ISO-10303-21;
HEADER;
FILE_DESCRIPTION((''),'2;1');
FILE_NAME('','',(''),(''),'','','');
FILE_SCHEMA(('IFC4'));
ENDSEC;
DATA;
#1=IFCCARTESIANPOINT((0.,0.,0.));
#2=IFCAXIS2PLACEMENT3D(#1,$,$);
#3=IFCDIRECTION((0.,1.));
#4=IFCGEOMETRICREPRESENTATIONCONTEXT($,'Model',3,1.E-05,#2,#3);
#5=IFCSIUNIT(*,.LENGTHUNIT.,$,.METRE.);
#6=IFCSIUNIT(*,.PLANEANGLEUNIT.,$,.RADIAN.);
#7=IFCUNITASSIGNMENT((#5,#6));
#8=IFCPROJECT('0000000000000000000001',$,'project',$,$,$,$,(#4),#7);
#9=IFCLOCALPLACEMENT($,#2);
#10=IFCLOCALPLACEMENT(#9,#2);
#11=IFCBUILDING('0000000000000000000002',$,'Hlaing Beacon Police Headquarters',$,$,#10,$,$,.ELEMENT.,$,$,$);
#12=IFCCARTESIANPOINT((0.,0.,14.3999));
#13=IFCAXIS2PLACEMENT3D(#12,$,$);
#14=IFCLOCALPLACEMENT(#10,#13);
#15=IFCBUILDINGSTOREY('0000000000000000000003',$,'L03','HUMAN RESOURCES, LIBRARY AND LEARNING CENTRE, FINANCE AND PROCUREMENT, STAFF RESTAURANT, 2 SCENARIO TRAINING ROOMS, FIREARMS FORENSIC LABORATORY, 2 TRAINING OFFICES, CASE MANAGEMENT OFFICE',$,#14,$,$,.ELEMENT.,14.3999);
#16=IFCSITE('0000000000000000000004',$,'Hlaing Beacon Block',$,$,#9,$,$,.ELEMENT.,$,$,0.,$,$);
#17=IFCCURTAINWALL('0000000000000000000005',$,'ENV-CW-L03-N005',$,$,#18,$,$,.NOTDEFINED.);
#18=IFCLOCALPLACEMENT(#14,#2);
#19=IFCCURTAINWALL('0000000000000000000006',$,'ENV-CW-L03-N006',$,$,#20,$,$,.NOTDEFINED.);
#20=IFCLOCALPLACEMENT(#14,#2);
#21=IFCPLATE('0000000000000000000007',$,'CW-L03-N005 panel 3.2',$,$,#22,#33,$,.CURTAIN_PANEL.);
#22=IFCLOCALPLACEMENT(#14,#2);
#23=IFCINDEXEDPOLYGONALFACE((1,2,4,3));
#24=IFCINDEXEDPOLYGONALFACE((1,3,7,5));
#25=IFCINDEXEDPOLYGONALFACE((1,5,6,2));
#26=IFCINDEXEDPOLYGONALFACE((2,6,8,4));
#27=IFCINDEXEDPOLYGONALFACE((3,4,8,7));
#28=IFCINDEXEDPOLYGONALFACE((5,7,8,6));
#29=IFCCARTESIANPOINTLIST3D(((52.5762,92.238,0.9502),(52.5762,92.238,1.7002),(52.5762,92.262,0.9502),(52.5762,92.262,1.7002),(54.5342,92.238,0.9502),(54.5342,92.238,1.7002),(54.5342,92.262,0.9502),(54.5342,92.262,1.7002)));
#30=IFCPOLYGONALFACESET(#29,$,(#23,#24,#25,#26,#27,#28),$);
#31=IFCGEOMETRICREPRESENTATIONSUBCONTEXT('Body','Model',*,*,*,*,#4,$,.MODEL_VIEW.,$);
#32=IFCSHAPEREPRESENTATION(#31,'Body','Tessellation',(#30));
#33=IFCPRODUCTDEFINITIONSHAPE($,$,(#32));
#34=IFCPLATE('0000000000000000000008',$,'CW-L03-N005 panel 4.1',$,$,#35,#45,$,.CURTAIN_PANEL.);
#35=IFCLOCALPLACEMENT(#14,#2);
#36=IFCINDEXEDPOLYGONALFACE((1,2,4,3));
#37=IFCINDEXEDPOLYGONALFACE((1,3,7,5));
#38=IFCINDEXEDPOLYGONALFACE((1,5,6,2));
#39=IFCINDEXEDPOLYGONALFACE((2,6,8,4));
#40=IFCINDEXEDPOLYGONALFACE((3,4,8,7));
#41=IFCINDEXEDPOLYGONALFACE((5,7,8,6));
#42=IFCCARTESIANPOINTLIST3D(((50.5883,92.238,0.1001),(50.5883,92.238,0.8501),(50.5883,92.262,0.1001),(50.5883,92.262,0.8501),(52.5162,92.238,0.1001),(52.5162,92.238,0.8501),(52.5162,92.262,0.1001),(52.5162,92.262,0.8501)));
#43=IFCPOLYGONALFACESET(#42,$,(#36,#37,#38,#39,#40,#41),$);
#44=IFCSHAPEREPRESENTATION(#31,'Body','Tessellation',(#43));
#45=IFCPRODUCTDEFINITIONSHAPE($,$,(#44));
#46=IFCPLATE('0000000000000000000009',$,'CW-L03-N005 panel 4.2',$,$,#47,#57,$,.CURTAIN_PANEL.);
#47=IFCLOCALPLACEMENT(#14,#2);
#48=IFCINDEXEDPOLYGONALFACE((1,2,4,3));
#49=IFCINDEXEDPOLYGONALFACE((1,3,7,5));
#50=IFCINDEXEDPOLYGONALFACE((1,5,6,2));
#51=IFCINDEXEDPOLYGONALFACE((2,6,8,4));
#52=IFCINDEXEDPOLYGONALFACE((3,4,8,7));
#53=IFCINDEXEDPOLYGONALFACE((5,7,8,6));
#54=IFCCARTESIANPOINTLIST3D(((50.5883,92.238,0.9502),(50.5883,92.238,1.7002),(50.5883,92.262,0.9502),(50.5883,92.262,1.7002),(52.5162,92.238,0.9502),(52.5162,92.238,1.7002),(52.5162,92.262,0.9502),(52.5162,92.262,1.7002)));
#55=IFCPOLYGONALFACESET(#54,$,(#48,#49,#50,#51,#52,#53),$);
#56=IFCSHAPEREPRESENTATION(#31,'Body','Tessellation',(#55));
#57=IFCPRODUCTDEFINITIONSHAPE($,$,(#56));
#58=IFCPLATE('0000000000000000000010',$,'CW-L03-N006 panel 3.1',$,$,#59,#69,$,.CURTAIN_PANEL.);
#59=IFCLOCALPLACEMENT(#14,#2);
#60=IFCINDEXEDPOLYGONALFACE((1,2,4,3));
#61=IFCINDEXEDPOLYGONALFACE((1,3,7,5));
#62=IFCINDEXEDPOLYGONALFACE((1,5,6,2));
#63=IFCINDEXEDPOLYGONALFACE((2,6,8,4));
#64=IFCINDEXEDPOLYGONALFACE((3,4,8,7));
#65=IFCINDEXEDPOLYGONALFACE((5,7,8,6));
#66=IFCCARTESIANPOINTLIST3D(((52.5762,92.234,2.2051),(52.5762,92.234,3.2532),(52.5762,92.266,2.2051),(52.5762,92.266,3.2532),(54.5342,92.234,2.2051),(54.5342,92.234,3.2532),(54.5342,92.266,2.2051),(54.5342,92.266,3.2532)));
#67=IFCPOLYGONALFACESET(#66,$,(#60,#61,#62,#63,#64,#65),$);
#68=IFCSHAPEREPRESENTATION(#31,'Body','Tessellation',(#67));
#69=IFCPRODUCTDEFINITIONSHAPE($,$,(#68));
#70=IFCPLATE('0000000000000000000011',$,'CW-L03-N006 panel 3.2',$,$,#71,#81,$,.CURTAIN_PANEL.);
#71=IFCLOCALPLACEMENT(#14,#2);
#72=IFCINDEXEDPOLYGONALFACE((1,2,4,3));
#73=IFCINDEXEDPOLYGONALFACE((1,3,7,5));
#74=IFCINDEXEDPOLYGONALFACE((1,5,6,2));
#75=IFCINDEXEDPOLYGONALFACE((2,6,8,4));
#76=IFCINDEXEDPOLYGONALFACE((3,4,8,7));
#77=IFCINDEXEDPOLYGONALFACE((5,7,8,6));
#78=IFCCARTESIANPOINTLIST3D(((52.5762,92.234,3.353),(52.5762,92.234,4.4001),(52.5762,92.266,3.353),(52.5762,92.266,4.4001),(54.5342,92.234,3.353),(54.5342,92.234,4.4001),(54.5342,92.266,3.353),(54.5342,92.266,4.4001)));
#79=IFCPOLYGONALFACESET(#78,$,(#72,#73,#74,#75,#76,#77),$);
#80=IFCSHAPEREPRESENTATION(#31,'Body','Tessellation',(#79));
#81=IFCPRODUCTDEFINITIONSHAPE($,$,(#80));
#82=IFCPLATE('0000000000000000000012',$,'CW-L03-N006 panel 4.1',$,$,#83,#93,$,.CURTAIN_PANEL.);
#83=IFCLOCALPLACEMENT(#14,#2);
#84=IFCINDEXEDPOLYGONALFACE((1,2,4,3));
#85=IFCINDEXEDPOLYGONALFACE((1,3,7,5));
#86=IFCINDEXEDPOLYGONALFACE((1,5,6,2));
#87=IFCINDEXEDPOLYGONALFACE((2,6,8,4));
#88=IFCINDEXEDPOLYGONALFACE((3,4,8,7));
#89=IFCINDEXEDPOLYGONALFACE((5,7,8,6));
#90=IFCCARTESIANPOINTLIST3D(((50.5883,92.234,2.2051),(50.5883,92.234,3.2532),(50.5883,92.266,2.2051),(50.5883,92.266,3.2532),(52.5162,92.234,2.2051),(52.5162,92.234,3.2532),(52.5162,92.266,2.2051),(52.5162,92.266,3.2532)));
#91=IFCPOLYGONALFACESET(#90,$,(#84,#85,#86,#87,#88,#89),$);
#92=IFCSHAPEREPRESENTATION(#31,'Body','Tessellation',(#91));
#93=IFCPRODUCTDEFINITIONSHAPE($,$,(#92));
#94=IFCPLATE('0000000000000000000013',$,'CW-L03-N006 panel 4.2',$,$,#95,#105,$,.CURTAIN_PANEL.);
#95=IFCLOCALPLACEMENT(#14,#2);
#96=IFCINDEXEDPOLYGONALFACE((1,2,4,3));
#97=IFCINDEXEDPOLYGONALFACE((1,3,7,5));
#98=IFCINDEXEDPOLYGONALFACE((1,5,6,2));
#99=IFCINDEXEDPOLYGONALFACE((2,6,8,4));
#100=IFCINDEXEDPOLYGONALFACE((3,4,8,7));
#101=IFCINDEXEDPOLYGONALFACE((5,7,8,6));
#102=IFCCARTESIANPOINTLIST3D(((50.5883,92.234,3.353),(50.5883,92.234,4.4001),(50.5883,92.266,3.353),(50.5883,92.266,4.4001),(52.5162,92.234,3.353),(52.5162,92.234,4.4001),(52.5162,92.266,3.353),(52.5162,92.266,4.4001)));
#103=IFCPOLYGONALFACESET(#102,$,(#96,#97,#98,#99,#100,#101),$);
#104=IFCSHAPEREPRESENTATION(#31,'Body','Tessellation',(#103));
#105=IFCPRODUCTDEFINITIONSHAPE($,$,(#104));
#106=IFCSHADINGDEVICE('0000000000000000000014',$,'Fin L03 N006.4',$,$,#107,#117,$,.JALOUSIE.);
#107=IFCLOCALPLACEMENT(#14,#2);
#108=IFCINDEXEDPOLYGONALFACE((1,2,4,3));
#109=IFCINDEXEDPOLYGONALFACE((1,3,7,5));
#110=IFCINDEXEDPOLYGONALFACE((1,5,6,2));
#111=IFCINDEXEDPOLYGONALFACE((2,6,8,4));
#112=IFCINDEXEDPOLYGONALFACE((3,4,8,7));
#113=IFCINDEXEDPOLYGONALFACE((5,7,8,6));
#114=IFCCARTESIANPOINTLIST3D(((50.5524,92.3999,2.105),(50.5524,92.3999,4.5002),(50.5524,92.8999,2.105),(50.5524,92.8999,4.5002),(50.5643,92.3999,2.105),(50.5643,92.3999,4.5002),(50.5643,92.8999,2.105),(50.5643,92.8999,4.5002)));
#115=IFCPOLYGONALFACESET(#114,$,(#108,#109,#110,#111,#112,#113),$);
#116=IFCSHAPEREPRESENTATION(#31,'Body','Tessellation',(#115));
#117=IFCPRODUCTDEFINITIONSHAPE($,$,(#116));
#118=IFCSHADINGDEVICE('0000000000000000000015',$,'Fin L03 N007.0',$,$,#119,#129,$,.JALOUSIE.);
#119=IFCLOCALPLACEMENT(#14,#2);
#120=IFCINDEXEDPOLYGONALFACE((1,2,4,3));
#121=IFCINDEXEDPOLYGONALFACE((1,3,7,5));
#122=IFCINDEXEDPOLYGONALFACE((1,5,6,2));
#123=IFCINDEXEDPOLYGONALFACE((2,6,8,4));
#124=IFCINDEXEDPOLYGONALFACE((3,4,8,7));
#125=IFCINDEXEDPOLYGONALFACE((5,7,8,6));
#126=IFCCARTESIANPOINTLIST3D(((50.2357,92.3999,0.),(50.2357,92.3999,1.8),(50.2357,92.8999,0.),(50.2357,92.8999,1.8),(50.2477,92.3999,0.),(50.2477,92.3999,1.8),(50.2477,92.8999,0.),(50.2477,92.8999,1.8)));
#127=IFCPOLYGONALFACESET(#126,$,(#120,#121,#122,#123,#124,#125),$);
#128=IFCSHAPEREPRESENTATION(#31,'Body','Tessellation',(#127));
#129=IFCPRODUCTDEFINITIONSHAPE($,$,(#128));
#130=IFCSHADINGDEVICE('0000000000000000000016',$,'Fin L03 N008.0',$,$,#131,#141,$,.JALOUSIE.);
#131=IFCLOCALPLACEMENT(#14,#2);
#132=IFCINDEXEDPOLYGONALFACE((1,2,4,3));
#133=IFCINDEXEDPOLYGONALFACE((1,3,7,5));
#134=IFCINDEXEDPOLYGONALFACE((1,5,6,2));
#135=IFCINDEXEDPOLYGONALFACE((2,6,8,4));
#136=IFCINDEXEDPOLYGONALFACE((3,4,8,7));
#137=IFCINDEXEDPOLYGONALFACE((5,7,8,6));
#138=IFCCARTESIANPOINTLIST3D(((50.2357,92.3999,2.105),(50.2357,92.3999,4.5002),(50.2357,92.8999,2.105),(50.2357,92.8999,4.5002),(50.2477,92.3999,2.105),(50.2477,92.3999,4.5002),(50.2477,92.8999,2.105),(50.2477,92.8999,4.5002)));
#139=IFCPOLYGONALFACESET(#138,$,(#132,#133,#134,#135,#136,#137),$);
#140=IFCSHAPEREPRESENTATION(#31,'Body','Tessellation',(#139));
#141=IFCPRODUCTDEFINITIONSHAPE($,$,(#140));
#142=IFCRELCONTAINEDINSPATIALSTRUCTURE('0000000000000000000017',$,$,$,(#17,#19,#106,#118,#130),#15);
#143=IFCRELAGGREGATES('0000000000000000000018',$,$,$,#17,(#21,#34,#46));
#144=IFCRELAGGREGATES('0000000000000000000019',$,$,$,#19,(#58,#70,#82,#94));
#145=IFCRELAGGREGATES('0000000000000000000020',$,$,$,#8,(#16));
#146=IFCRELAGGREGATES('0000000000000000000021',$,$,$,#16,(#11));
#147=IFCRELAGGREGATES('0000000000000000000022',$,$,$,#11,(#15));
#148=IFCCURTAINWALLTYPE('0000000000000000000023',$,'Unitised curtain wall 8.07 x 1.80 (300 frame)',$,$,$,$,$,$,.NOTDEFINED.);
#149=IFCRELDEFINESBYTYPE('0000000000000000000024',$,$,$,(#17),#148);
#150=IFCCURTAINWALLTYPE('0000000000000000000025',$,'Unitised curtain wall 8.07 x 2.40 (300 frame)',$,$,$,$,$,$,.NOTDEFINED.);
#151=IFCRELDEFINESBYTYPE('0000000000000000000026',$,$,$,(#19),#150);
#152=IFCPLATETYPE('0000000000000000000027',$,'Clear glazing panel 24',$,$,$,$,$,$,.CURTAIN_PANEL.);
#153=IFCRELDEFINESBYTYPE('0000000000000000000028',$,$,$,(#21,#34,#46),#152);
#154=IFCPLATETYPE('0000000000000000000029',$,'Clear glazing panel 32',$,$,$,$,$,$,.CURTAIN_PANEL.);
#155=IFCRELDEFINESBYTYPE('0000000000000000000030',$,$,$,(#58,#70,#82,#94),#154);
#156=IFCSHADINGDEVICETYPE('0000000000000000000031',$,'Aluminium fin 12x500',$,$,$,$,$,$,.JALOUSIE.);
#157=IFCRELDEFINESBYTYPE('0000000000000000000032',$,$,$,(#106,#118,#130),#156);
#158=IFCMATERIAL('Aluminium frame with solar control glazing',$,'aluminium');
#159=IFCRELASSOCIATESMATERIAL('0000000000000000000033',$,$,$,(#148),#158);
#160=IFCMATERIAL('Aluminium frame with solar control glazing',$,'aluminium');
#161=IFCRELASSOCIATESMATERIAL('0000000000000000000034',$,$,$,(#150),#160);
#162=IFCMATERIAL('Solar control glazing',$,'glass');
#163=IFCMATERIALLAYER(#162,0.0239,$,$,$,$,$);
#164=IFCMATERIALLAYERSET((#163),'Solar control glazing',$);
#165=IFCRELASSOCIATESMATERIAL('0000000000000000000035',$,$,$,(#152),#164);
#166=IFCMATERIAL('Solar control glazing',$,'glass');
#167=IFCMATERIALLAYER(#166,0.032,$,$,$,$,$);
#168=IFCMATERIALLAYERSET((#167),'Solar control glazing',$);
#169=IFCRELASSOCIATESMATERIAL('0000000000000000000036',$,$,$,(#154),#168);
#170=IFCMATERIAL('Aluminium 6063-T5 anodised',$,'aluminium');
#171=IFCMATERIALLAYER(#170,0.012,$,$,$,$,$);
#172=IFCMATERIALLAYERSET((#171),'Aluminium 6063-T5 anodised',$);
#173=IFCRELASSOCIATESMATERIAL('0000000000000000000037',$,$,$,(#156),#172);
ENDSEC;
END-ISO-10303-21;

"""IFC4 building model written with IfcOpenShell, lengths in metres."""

from ifc_helpers import new_model, si_unit, direction, frame, origin, origin_2d, place, context, subcontext, project, spatial, rectangle, extrude, material, layer, layer_set, type_object, element, aggregate, save


model = new_model("IFC4")

# Units and contexts
model_context = context("Model", 3, precision=1e-05, world=origin(), true_north=direction((0.0, 1.0)))
body_context = subcontext(model_context, "Body", "Model", "MODEL_VIEW")
ifc_project = project(units=[si_unit("LENGTHUNIT", "METRE"), si_unit("PLANEANGLEUNIT", "RADIAN")], contexts=[model_context])

# Site, building, storey
site_placement = place(None, origin())
site = spatial("IfcSite", under=ifc_project, at=site_placement, Name="Hlaing Beacon Block", CompositionType="ELEMENT", RefElevation=0.0)
building_placement = place(site_placement, origin())
building = spatial("IfcBuilding", under=site, at=building_placement, Name="Hlaing Beacon Police Headquarters", CompositionType="ELEMENT")
storey_placement = place(building_placement, frame((0.0, 0.0, 14.3999)))
storey = spatial("IfcBuildingStorey", under=building, at=storey_placement, Name="L03", Description="HUMAN RESOURCES, LIBRARY AND LEARNING CENTRE, FINANCE AND PROCUREMENT, STAFF RESTAURANT, 2 SCENARIO TRAINING ROOMS, FIREARMS FORENSIC LABORATORY, 2 TRAINING OFFICES, CASE MANAGEMENT OFFICE", CompositionType="ELEMENT", Elevation=14.3999)

# Curtain walls
ifc_material_1 = material(Name="Aluminium frame with solar control glazing", Category="aluminium")
curtain_wall_type_1 = type_object("IfcCurtainWallType", Name="Unitised curtain wall 8.07 x 1.80 (300 frame)", PredefinedType="NOTDEFINED", material=ifc_material_1)
curtain_wall_1_placement = place(storey_placement, origin())
curtain_wall_1 = element("IfcCurtainWall", 1, at=curtain_wall_1_placement, inside=storey, type_object=curtain_wall_type_1, Name="ENV-CW-L03-N005", PredefinedType="NOTDEFINED")
ifc_material_2 = material(Name="Aluminium frame with solar control glazing", Category="aluminium")
curtain_wall_type_2 = type_object("IfcCurtainWallType", Name="Unitised curtain wall 8.07 x 2.40 (300 frame)", PredefinedType="NOTDEFINED", material=ifc_material_2)
curtain_wall_2_placement = place(storey_placement, origin())
curtain_wall_2 = element("IfcCurtainWall", 2, at=curtain_wall_2_placement, inside=storey, type_object=curtain_wall_type_2, Name="ENV-CW-L03-N006", PredefinedType="NOTDEFINED")

# Plates
ifc_material_3 = material(Name="Solar control glazing", Category="glass")
ifc_layer_1 = layer(ifc_material_3, 0.0239)
ifc_layer_set_1 = layer_set([ifc_layer_1], Name="Solar control glazing")
plate_type_1 = type_object("IfcPlateType", Name="Clear glazing panel 24", PredefinedType="CURTAIN_PANEL", material=ifc_layer_set_1)
plate_1_placement = place(storey_placement, frame((53.5552, 92.25, 0.9502), z_axis=(0.0, 0.0, 1.0), x_axis=(-1.0, 0.0, 0.0)))
plate_1 = element("IfcPlate", 3, at=plate_1_placement, type_object=plate_type_1, Name="CW-L03-N005 panel 3.2", PredefinedType="CURTAIN_PANEL", context=body_context, shape_type="SweptSolid", body=[
    extrude(rectangle(XDim=1.958, YDim=0.0239, at=origin_2d()), origin(), (0.0, 0.0, 1.0), 0.75),
])
plate_2_placement = place(storey_placement, frame((51.5522, 92.25, 0.1001), z_axis=(0.0, 0.0, 1.0), x_axis=(-1.0, 0.0, 0.0)))
plate_2 = element("IfcPlate", 4, at=plate_2_placement, type_object=plate_type_1, Name="CW-L03-N005 panel 4.1", PredefinedType="CURTAIN_PANEL", context=body_context, shape_type="SweptSolid", body=[
    extrude(rectangle(XDim=1.928, YDim=0.0239, at=origin_2d()), origin(), (0.0, 0.0, 1.0), 0.75),
])
plate_3_placement = place(storey_placement, frame((51.5522, 92.25, 0.9502), z_axis=(0.0, 0.0, 1.0), x_axis=(-1.0, 0.0, 0.0)))
plate_3 = element("IfcPlate", 5, at=plate_3_placement, type_object=plate_type_1, Name="CW-L03-N005 panel 4.2", PredefinedType="CURTAIN_PANEL", context=body_context, shape_type="SweptSolid", body=[
    extrude(rectangle(XDim=1.928, YDim=0.0239, at=origin_2d()), origin(), (0.0, 0.0, 1.0), 0.75),
])
aggregate(curtain_wall_1, [plate_1, plate_2, plate_3])
ifc_material_4 = material(Name="Solar control glazing", Category="glass")
ifc_layer_2 = layer(ifc_material_4, 0.032)
ifc_layer_set_2 = layer_set([ifc_layer_2], Name="Solar control glazing")
plate_type_2 = type_object("IfcPlateType", Name="Clear glazing panel 32", PredefinedType="CURTAIN_PANEL", material=ifc_layer_set_2)
plate_4_placement = place(storey_placement, frame((53.5552, 92.25, 2.2051), z_axis=(0.0, 0.0, 1.0), x_axis=(-1.0, 0.0, 0.0)))
plate_4 = element("IfcPlate", 6, at=plate_4_placement, type_object=plate_type_2, Name="CW-L03-N006 panel 3.1", PredefinedType="CURTAIN_PANEL", context=body_context, shape_type="SweptSolid", body=[
    extrude(rectangle(XDim=1.958, YDim=0.032, at=origin_2d()), origin(), (0.0, 0.0, 1.0), 1.0481),
])
plate_5_placement = place(storey_placement, frame((53.5552, 92.25, 3.353), z_axis=(0.0, 0.0, 1.0), x_axis=(-1.0, 0.0, 0.0)))
plate_5 = element("IfcPlate", 7, at=plate_5_placement, type_object=plate_type_2, Name="CW-L03-N006 panel 3.2", PredefinedType="CURTAIN_PANEL", context=body_context, shape_type="SweptSolid", body=[
    extrude(rectangle(XDim=1.958, YDim=0.032, at=origin_2d()), origin(), (0.0, 0.0, 1.0), 1.0471),
])
plate_6_placement = place(storey_placement, frame((51.5522, 92.25, 2.2051), z_axis=(0.0, 0.0, 1.0), x_axis=(-1.0, 0.0, 0.0)))
plate_6 = element("IfcPlate", 8, at=plate_6_placement, type_object=plate_type_2, Name="CW-L03-N006 panel 4.1", PredefinedType="CURTAIN_PANEL", context=body_context, shape_type="SweptSolid", body=[
    extrude(rectangle(XDim=1.928, YDim=0.032, at=origin_2d()), origin(), (0.0, 0.0, 1.0), 1.0481),
])
plate_7_placement = place(storey_placement, frame((51.5522, 92.25, 3.353), z_axis=(0.0, 0.0, 1.0), x_axis=(-1.0, 0.0, 0.0)))
plate_7 = element("IfcPlate", 9, at=plate_7_placement, type_object=plate_type_2, Name="CW-L03-N006 panel 4.2", PredefinedType="CURTAIN_PANEL", context=body_context, shape_type="SweptSolid", body=[
    extrude(rectangle(XDim=1.928, YDim=0.032, at=origin_2d()), origin(), (0.0, 0.0, 1.0), 1.0471),
])
aggregate(curtain_wall_2, [plate_4, plate_5, plate_6, plate_7])

# Shading devices
ifc_material_5 = material(Name="Aluminium 6063-T5 anodised", Category="aluminium")
ifc_layer_3 = layer(ifc_material_5, 0.012)
ifc_layer_set_3 = layer_set([ifc_layer_3], Name="Aluminium 6063-T5 anodised")
shading_device_type = type_object("IfcShadingDeviceType", Name="Aluminium fin 12x500", PredefinedType="JALOUSIE", material=ifc_layer_set_3)
shading_device_1_placement = place(storey_placement, frame((50.5583, 92.6499, 2.105), z_axis=(0.0, 0.0, 1.0), x_axis=(-1.0, 0.0, 0.0)))
element("IfcShadingDevice", 10, at=shading_device_1_placement, inside=storey, type_object=shading_device_type, Name="Fin L03 N006.4", PredefinedType="JALOUSIE", context=body_context, shape_type="SweptSolid", body=[
    extrude(rectangle(XDim=0.012, YDim=0.5, at=origin_2d()), origin(), (0.0, 0.0, 1.0), 2.3953),
])
shading_device_2_placement = place(storey_placement, frame((50.2417, 92.6499, 0.0), z_axis=(0.0, 0.0, 1.0), x_axis=(-1.0, 0.0, 0.0)))
element("IfcShadingDevice", 11, at=shading_device_2_placement, inside=storey, type_object=shading_device_type, Name="Fin L03 N007.0", PredefinedType="JALOUSIE", context=body_context, shape_type="SweptSolid", body=[
    extrude(rectangle(XDim=0.012, YDim=0.5, at=origin_2d()), origin(), (0.0, 0.0, 1.0), 1.8),
])
shading_device_3_placement = place(storey_placement, frame((50.2417, 92.6499, 2.105), z_axis=(0.0, 0.0, 1.0), x_axis=(-1.0, 0.0, 0.0)))
element("IfcShadingDevice", 12, at=shading_device_3_placement, inside=storey, type_object=shading_device_type, Name="Fin L03 N008.0", PredefinedType="JALOUSIE", context=body_context, shape_type="SweptSolid", body=[
    extrude(rectangle(XDim=0.012, YDim=0.5, at=origin_2d()), origin(), (0.0, 0.0, 1.0), 2.3953),
])

save(model, "model.ifc")
